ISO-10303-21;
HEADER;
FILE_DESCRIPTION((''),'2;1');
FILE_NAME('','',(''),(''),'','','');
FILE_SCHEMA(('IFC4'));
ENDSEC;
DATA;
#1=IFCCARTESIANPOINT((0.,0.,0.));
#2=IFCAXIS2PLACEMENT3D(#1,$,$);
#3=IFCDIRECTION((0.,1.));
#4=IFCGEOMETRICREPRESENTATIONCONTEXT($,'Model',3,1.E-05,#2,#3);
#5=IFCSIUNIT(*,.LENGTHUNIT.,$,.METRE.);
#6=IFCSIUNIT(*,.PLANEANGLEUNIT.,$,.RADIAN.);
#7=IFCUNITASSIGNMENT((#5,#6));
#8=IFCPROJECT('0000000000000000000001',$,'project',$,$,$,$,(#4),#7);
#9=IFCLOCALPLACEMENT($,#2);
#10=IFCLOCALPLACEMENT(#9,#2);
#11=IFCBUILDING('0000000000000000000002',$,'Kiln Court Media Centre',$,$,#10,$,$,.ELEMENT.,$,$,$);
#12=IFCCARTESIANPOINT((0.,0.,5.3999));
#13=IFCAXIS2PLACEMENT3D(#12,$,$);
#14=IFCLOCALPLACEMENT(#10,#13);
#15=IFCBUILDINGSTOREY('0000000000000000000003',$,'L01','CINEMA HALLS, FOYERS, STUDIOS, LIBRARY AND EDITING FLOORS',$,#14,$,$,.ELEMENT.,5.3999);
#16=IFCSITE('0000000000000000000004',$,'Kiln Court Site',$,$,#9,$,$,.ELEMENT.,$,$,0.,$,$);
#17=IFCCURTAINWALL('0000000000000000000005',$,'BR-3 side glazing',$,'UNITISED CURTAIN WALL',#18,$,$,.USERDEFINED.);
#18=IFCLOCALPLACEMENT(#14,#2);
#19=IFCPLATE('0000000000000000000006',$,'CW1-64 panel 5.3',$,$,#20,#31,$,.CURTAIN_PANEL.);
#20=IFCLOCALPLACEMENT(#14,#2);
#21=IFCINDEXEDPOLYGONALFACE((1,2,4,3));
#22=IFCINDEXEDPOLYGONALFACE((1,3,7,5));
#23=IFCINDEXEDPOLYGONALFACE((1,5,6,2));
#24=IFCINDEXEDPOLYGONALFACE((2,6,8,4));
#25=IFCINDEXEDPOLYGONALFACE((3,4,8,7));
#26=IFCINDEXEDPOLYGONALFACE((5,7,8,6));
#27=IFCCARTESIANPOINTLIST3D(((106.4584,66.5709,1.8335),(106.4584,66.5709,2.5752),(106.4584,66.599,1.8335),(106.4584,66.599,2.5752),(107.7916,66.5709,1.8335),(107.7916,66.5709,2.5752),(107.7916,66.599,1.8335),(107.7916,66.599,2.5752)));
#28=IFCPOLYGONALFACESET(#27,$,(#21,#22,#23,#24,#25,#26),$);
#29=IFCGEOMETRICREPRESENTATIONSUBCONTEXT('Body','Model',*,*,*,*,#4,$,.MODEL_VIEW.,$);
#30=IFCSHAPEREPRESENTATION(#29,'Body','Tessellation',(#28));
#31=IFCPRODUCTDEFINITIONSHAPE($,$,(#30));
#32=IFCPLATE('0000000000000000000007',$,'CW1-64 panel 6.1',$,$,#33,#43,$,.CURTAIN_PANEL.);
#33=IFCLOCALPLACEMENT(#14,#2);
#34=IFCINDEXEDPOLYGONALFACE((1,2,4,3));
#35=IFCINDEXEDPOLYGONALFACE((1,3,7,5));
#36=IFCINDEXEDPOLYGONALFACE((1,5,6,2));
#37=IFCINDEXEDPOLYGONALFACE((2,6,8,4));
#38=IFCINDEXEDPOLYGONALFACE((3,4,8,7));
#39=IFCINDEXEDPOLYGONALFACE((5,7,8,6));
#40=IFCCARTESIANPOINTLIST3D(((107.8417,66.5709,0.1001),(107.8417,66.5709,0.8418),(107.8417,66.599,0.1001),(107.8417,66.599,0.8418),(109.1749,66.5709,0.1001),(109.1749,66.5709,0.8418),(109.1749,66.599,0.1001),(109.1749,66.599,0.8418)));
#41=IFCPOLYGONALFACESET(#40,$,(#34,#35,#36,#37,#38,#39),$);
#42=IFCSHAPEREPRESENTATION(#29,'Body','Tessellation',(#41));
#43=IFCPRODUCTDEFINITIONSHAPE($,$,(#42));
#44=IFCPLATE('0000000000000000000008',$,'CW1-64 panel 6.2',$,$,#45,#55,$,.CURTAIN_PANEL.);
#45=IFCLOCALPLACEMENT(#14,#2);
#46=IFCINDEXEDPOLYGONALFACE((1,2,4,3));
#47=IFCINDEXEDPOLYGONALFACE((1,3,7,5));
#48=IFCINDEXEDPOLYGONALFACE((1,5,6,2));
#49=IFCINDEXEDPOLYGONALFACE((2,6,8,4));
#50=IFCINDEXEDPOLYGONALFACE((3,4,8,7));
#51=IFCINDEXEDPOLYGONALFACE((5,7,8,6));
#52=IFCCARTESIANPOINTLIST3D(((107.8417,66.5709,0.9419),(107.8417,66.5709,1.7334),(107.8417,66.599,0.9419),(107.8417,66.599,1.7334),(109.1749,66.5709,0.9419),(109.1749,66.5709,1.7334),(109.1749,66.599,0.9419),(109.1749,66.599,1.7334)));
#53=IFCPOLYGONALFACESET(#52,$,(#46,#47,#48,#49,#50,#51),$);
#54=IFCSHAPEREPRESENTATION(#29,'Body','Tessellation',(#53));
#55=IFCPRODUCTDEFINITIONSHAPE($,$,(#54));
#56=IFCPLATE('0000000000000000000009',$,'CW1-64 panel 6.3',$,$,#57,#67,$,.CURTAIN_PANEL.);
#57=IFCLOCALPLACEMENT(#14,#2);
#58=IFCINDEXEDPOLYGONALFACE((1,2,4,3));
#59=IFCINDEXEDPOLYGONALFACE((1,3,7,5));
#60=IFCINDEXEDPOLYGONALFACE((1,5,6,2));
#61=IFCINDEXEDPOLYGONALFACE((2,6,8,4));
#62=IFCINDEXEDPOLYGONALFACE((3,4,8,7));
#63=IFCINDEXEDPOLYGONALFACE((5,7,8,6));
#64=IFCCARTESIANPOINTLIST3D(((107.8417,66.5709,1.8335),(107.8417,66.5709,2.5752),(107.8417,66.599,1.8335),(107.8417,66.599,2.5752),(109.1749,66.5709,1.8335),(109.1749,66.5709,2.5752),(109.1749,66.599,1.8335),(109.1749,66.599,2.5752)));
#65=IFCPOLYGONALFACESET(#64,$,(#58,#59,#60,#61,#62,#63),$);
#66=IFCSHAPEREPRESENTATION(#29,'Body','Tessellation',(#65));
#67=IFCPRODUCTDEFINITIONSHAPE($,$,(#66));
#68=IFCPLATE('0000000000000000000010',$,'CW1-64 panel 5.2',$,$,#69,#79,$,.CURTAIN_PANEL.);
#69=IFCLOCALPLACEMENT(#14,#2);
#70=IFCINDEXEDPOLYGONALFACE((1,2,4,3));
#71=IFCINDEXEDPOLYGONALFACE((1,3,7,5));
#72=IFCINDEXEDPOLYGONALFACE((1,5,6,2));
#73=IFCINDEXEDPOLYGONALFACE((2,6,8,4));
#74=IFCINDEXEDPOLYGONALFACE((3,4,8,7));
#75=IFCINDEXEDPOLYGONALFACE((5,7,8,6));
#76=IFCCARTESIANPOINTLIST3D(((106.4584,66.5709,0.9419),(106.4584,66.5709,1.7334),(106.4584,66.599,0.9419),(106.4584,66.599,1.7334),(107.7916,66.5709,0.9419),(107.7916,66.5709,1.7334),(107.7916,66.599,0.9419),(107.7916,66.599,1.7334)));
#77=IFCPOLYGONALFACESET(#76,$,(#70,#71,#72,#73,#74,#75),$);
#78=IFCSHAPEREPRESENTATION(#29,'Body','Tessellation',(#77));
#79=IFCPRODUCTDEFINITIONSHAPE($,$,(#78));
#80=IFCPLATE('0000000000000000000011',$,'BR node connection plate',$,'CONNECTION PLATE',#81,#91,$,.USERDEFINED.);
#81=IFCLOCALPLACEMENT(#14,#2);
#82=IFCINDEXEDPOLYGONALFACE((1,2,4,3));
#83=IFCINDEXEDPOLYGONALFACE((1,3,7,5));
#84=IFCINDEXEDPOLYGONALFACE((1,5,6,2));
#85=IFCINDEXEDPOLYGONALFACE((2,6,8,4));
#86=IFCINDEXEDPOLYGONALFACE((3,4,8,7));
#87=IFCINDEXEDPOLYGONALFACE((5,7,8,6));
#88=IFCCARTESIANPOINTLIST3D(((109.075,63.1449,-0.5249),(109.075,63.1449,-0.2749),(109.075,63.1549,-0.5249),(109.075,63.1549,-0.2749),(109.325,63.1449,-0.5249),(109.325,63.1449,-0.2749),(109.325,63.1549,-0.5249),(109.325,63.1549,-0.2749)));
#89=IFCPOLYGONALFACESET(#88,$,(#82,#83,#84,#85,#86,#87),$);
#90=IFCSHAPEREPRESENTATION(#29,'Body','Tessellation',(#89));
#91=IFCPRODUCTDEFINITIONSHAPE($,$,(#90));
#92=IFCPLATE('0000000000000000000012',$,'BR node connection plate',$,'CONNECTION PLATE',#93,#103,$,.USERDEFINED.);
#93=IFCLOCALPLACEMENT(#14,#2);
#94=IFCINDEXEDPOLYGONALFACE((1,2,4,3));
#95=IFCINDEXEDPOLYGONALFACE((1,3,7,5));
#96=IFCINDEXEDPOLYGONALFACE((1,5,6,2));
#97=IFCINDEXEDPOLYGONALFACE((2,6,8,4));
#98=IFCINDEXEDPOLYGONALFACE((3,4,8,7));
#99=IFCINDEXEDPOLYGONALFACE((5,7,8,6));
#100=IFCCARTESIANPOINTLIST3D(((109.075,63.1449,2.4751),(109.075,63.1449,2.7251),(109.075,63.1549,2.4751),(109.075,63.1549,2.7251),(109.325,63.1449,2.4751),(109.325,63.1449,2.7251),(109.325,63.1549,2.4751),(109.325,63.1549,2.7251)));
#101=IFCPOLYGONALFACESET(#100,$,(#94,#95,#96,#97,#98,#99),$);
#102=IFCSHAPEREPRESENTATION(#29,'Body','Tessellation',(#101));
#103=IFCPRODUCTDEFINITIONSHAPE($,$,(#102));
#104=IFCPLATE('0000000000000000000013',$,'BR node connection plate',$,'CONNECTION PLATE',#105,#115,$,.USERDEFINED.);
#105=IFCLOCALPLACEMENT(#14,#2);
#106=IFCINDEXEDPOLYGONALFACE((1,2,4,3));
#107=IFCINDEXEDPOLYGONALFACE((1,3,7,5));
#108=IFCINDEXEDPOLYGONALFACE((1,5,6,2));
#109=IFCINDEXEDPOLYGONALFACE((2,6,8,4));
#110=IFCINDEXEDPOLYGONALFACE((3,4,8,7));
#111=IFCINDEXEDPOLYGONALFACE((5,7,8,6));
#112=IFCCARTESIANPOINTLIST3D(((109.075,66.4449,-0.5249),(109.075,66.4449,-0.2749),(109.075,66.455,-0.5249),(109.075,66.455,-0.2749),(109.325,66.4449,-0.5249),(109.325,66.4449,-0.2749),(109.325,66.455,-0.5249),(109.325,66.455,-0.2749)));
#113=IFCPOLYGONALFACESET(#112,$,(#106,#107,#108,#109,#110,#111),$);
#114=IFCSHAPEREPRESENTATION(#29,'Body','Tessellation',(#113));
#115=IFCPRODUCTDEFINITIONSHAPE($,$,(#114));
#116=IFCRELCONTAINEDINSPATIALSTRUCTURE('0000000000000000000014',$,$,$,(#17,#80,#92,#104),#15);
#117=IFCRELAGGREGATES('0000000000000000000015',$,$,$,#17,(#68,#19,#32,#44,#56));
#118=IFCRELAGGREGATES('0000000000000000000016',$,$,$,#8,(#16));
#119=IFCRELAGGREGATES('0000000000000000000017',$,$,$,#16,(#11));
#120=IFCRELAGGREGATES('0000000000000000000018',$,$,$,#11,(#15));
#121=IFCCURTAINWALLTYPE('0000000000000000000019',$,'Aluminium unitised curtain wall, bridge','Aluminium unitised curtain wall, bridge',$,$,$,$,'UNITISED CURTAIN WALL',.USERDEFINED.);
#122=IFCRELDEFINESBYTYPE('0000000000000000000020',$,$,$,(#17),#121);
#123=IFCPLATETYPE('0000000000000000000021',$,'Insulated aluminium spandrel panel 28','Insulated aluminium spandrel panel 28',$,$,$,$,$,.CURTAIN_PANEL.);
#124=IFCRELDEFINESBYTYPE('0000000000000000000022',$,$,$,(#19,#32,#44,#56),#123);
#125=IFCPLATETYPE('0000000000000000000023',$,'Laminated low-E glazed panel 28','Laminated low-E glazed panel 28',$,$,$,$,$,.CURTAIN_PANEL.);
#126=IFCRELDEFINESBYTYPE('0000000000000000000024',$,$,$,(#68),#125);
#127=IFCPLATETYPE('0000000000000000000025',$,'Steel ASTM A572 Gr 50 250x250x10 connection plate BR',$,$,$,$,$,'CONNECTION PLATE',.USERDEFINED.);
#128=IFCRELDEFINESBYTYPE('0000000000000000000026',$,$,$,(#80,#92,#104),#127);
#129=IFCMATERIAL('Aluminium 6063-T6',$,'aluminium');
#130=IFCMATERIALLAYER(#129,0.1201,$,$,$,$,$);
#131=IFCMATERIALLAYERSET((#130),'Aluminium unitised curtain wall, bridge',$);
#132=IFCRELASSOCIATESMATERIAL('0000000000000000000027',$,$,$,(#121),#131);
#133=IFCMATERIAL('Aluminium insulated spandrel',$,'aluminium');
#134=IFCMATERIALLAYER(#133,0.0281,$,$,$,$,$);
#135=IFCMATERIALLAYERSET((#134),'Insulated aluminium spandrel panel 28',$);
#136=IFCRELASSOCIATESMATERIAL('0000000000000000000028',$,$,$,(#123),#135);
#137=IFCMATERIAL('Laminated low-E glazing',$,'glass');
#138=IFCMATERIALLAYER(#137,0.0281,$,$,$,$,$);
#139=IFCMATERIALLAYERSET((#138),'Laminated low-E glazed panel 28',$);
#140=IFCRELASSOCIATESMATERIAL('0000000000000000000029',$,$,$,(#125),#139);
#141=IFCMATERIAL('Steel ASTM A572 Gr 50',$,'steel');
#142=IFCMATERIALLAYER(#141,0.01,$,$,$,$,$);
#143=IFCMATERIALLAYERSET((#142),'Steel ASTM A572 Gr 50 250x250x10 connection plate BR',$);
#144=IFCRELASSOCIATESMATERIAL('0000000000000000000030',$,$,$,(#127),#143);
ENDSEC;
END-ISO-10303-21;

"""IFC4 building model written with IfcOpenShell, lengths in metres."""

from ifc_helpers import new_model, si_unit, direction, frame, origin, origin_2d, place, context, subcontext, project, spatial, rectangle, extrude, material, layer, layer_set, type_object, element, aggregate, save


model = new_model("IFC4")

# Units and contexts
model_context = context("Model", 3, precision=1e-05, world=origin(), true_north=direction((0.0, 1.0)))
body_context = subcontext(model_context, "Body", "Model", "MODEL_VIEW")
ifc_project = project(units=[si_unit("LENGTHUNIT", "METRE"), si_unit("PLANEANGLEUNIT", "RADIAN")], contexts=[model_context])

# Site, building, storey
site_placement = place(None, origin())
site = spatial("IfcSite", under=ifc_project, at=site_placement, Name="Kiln Court Site", CompositionType="ELEMENT", RefElevation=0.0)
building_placement = place(site_placement, origin())
building = spatial("IfcBuilding", under=site, at=building_placement, Name="Kiln Court Media Centre", CompositionType="ELEMENT")
storey_placement = place(building_placement, frame((0.0, 0.0, 5.3999)))
storey = spatial("IfcBuildingStorey", under=building, at=storey_placement, Name="L01", Description="CINEMA HALLS, FOYERS, STUDIOS, LIBRARY AND EDITING FLOORS", CompositionType="ELEMENT", Elevation=5.3999)

# Shared definitions
ifc_material_1 = material(Name="Aluminium 6063-T6", Category="aluminium")
ifc_layer_1 = layer(ifc_material_1, 0.1201)
ifc_layer_set_1 = layer_set([ifc_layer_1], Name="Aluminium unitised curtain wall, bridge")
curtain_wall_type = type_object("IfcCurtainWallType", Name="Aluminium unitised curtain wall, bridge", Description="Aluminium unitised curtain wall, bridge", ElementType="UNITISED CURTAIN WALL", PredefinedType="USERDEFINED", material=ifc_layer_set_1)

# Curtain wall
curtain_wall_1_placement = place(storey_placement, origin())
curtain_wall_1 = element("IfcCurtainWall", 1, at=curtain_wall_1_placement, inside=storey, type_object=curtain_wall_type, Name="BR-3 side glazing", ObjectType="UNITISED CURTAIN WALL", PredefinedType="USERDEFINED")

# Plates
ifc_material_2 = material(Name="Aluminium insulated spandrel", Category="aluminium")
ifc_layer_2 = layer(ifc_material_2, 0.0281)
ifc_layer_set_2 = layer_set([ifc_layer_2], Name="Insulated aluminium spandrel panel 28")
plate_type_1 = type_object("IfcPlateType", Name="Insulated aluminium spandrel panel 28", Description="Insulated aluminium spandrel panel 28", PredefinedType="CURTAIN_PANEL", material=ifc_layer_set_2)
plate_1_placement = place(storey_placement, frame((107.125, 66.585, 1.8335), z_axis=(0.0, 0.0, 1.0), x_axis=(1.0, 0.0, 0.0)))
plate_1 = element("IfcPlate", 2, at=plate_1_placement, type_object=plate_type_1, Name="CW1-64 panel 5.3", PredefinedType="CURTAIN_PANEL", context=body_context, shape_type="SweptSolid", body=[
    extrude(rectangle(XDim=1.3333, YDim=0.0281, at=origin_2d()), origin(), (0.0, 0.0, 1.0), 0.7417),
])
plate_2_placement = place(storey_placement, frame((108.5083, 66.585, 0.1001), z_axis=(0.0, 0.0, 1.0), x_axis=(1.0, 0.0, 0.0)))
plate_2 = element("IfcPlate", 3, at=plate_2_placement, type_object=plate_type_1, Name="CW1-64 panel 6.1", PredefinedType="CURTAIN_PANEL", context=body_context, shape_type="SweptSolid", body=[
    extrude(rectangle(XDim=1.3333, YDim=0.0281, at=origin_2d()), origin(), (0.0, 0.0, 1.0), 0.7417),
])
plate_3_placement = place(storey_placement, frame((108.5083, 66.585, 0.9419), z_axis=(0.0, 0.0, 1.0), x_axis=(1.0, 0.0, 0.0)))
plate_3 = element("IfcPlate", 4, at=plate_3_placement, type_object=plate_type_1, Name="CW1-64 panel 6.2", PredefinedType="CURTAIN_PANEL", context=body_context, shape_type="SweptSolid", body=[
    extrude(rectangle(XDim=1.3333, YDim=0.0281, at=origin_2d()), origin(), (0.0, 0.0, 1.0), 0.7915),
])
plate_4_placement = place(storey_placement, frame((108.5083, 66.585, 1.8335), z_axis=(0.0, 0.0, 1.0), x_axis=(1.0, 0.0, 0.0)))
plate_4 = element("IfcPlate", 5, at=plate_4_placement, type_object=plate_type_1, Name="CW1-64 panel 6.3", PredefinedType="CURTAIN_PANEL", context=body_context, shape_type="SweptSolid", body=[
    extrude(rectangle(XDim=1.3333, YDim=0.0281, at=origin_2d()), origin(), (0.0, 0.0, 1.0), 0.7417),
])
ifc_material_3 = material(Name="Laminated low-E glazing", Category="glass")
ifc_layer_3 = layer(ifc_material_3, 0.0281)
ifc_layer_set_3 = layer_set([ifc_layer_3], Name="Laminated low-E glazed panel 28")
plate_type_2 = type_object("IfcPlateType", Name="Laminated low-E glazed panel 28", Description="Laminated low-E glazed panel 28", PredefinedType="CURTAIN_PANEL", material=ifc_layer_set_3)
plate_5_placement = place(storey_placement, frame((107.125, 66.585, 0.9419), z_axis=(0.0, 0.0, 1.0), x_axis=(1.0, 0.0, 0.0)))
plate_5 = element("IfcPlate", 6, at=plate_5_placement, type_object=plate_type_2, Name="CW1-64 panel 5.2", PredefinedType="CURTAIN_PANEL", context=body_context, shape_type="SweptSolid", body=[
    extrude(rectangle(XDim=1.3333, YDim=0.0281, at=origin_2d()), origin(), (0.0, 0.0, 1.0), 0.7915),
])
aggregate(curtain_wall_1, [plate_5, plate_1, plate_2, plate_3, plate_4])

# Plates
ifc_material_4 = material(Name="Steel ASTM A572 Gr 50", Category="steel")
ifc_layer_4 = layer(ifc_material_4, 0.01)
ifc_layer_set_4 = layer_set([ifc_layer_4], Name="Steel ASTM A572 Gr 50 250x250x10 connection plate BR")
plate_type_3 = type_object("IfcPlateType", Name="Steel ASTM A572 Gr 50 250x250x10 connection plate BR", ElementType="CONNECTION PLATE", PredefinedType="USERDEFINED", material=ifc_layer_set_4)
for number, where, z_axis, x_axis, name in (
    (7, (109.2, 63.1499, -0.5249), (0.0, 0.0, 1.0), (1.0, 0.0, 0.0), "BR node connection plate"),
    (8, (109.2, 63.1499, 2.4751), (0.0, 0.0, 1.0), (1.0, 0.0, 0.0), "BR node connection plate"),
    (9, (109.2, 66.45, -0.5249), (0.0, 0.0, 1.0), (1.0, 0.0, 0.0), "BR node connection plate"),
):
    element("IfcPlate", number, at=place(storey_placement, frame(where, z_axis=z_axis, x_axis=x_axis)), inside=storey, type_object=plate_type_3, Name=name, ObjectType="CONNECTION PLATE", PredefinedType="USERDEFINED", context=body_context, shape_type="SweptSolid", body=[
        extrude(rectangle(XDim=0.25, YDim=0.01, at=origin_2d()), origin(), (0.0, 0.0, 1.0), 0.25),
    ])

save(model, "model.ifc")
